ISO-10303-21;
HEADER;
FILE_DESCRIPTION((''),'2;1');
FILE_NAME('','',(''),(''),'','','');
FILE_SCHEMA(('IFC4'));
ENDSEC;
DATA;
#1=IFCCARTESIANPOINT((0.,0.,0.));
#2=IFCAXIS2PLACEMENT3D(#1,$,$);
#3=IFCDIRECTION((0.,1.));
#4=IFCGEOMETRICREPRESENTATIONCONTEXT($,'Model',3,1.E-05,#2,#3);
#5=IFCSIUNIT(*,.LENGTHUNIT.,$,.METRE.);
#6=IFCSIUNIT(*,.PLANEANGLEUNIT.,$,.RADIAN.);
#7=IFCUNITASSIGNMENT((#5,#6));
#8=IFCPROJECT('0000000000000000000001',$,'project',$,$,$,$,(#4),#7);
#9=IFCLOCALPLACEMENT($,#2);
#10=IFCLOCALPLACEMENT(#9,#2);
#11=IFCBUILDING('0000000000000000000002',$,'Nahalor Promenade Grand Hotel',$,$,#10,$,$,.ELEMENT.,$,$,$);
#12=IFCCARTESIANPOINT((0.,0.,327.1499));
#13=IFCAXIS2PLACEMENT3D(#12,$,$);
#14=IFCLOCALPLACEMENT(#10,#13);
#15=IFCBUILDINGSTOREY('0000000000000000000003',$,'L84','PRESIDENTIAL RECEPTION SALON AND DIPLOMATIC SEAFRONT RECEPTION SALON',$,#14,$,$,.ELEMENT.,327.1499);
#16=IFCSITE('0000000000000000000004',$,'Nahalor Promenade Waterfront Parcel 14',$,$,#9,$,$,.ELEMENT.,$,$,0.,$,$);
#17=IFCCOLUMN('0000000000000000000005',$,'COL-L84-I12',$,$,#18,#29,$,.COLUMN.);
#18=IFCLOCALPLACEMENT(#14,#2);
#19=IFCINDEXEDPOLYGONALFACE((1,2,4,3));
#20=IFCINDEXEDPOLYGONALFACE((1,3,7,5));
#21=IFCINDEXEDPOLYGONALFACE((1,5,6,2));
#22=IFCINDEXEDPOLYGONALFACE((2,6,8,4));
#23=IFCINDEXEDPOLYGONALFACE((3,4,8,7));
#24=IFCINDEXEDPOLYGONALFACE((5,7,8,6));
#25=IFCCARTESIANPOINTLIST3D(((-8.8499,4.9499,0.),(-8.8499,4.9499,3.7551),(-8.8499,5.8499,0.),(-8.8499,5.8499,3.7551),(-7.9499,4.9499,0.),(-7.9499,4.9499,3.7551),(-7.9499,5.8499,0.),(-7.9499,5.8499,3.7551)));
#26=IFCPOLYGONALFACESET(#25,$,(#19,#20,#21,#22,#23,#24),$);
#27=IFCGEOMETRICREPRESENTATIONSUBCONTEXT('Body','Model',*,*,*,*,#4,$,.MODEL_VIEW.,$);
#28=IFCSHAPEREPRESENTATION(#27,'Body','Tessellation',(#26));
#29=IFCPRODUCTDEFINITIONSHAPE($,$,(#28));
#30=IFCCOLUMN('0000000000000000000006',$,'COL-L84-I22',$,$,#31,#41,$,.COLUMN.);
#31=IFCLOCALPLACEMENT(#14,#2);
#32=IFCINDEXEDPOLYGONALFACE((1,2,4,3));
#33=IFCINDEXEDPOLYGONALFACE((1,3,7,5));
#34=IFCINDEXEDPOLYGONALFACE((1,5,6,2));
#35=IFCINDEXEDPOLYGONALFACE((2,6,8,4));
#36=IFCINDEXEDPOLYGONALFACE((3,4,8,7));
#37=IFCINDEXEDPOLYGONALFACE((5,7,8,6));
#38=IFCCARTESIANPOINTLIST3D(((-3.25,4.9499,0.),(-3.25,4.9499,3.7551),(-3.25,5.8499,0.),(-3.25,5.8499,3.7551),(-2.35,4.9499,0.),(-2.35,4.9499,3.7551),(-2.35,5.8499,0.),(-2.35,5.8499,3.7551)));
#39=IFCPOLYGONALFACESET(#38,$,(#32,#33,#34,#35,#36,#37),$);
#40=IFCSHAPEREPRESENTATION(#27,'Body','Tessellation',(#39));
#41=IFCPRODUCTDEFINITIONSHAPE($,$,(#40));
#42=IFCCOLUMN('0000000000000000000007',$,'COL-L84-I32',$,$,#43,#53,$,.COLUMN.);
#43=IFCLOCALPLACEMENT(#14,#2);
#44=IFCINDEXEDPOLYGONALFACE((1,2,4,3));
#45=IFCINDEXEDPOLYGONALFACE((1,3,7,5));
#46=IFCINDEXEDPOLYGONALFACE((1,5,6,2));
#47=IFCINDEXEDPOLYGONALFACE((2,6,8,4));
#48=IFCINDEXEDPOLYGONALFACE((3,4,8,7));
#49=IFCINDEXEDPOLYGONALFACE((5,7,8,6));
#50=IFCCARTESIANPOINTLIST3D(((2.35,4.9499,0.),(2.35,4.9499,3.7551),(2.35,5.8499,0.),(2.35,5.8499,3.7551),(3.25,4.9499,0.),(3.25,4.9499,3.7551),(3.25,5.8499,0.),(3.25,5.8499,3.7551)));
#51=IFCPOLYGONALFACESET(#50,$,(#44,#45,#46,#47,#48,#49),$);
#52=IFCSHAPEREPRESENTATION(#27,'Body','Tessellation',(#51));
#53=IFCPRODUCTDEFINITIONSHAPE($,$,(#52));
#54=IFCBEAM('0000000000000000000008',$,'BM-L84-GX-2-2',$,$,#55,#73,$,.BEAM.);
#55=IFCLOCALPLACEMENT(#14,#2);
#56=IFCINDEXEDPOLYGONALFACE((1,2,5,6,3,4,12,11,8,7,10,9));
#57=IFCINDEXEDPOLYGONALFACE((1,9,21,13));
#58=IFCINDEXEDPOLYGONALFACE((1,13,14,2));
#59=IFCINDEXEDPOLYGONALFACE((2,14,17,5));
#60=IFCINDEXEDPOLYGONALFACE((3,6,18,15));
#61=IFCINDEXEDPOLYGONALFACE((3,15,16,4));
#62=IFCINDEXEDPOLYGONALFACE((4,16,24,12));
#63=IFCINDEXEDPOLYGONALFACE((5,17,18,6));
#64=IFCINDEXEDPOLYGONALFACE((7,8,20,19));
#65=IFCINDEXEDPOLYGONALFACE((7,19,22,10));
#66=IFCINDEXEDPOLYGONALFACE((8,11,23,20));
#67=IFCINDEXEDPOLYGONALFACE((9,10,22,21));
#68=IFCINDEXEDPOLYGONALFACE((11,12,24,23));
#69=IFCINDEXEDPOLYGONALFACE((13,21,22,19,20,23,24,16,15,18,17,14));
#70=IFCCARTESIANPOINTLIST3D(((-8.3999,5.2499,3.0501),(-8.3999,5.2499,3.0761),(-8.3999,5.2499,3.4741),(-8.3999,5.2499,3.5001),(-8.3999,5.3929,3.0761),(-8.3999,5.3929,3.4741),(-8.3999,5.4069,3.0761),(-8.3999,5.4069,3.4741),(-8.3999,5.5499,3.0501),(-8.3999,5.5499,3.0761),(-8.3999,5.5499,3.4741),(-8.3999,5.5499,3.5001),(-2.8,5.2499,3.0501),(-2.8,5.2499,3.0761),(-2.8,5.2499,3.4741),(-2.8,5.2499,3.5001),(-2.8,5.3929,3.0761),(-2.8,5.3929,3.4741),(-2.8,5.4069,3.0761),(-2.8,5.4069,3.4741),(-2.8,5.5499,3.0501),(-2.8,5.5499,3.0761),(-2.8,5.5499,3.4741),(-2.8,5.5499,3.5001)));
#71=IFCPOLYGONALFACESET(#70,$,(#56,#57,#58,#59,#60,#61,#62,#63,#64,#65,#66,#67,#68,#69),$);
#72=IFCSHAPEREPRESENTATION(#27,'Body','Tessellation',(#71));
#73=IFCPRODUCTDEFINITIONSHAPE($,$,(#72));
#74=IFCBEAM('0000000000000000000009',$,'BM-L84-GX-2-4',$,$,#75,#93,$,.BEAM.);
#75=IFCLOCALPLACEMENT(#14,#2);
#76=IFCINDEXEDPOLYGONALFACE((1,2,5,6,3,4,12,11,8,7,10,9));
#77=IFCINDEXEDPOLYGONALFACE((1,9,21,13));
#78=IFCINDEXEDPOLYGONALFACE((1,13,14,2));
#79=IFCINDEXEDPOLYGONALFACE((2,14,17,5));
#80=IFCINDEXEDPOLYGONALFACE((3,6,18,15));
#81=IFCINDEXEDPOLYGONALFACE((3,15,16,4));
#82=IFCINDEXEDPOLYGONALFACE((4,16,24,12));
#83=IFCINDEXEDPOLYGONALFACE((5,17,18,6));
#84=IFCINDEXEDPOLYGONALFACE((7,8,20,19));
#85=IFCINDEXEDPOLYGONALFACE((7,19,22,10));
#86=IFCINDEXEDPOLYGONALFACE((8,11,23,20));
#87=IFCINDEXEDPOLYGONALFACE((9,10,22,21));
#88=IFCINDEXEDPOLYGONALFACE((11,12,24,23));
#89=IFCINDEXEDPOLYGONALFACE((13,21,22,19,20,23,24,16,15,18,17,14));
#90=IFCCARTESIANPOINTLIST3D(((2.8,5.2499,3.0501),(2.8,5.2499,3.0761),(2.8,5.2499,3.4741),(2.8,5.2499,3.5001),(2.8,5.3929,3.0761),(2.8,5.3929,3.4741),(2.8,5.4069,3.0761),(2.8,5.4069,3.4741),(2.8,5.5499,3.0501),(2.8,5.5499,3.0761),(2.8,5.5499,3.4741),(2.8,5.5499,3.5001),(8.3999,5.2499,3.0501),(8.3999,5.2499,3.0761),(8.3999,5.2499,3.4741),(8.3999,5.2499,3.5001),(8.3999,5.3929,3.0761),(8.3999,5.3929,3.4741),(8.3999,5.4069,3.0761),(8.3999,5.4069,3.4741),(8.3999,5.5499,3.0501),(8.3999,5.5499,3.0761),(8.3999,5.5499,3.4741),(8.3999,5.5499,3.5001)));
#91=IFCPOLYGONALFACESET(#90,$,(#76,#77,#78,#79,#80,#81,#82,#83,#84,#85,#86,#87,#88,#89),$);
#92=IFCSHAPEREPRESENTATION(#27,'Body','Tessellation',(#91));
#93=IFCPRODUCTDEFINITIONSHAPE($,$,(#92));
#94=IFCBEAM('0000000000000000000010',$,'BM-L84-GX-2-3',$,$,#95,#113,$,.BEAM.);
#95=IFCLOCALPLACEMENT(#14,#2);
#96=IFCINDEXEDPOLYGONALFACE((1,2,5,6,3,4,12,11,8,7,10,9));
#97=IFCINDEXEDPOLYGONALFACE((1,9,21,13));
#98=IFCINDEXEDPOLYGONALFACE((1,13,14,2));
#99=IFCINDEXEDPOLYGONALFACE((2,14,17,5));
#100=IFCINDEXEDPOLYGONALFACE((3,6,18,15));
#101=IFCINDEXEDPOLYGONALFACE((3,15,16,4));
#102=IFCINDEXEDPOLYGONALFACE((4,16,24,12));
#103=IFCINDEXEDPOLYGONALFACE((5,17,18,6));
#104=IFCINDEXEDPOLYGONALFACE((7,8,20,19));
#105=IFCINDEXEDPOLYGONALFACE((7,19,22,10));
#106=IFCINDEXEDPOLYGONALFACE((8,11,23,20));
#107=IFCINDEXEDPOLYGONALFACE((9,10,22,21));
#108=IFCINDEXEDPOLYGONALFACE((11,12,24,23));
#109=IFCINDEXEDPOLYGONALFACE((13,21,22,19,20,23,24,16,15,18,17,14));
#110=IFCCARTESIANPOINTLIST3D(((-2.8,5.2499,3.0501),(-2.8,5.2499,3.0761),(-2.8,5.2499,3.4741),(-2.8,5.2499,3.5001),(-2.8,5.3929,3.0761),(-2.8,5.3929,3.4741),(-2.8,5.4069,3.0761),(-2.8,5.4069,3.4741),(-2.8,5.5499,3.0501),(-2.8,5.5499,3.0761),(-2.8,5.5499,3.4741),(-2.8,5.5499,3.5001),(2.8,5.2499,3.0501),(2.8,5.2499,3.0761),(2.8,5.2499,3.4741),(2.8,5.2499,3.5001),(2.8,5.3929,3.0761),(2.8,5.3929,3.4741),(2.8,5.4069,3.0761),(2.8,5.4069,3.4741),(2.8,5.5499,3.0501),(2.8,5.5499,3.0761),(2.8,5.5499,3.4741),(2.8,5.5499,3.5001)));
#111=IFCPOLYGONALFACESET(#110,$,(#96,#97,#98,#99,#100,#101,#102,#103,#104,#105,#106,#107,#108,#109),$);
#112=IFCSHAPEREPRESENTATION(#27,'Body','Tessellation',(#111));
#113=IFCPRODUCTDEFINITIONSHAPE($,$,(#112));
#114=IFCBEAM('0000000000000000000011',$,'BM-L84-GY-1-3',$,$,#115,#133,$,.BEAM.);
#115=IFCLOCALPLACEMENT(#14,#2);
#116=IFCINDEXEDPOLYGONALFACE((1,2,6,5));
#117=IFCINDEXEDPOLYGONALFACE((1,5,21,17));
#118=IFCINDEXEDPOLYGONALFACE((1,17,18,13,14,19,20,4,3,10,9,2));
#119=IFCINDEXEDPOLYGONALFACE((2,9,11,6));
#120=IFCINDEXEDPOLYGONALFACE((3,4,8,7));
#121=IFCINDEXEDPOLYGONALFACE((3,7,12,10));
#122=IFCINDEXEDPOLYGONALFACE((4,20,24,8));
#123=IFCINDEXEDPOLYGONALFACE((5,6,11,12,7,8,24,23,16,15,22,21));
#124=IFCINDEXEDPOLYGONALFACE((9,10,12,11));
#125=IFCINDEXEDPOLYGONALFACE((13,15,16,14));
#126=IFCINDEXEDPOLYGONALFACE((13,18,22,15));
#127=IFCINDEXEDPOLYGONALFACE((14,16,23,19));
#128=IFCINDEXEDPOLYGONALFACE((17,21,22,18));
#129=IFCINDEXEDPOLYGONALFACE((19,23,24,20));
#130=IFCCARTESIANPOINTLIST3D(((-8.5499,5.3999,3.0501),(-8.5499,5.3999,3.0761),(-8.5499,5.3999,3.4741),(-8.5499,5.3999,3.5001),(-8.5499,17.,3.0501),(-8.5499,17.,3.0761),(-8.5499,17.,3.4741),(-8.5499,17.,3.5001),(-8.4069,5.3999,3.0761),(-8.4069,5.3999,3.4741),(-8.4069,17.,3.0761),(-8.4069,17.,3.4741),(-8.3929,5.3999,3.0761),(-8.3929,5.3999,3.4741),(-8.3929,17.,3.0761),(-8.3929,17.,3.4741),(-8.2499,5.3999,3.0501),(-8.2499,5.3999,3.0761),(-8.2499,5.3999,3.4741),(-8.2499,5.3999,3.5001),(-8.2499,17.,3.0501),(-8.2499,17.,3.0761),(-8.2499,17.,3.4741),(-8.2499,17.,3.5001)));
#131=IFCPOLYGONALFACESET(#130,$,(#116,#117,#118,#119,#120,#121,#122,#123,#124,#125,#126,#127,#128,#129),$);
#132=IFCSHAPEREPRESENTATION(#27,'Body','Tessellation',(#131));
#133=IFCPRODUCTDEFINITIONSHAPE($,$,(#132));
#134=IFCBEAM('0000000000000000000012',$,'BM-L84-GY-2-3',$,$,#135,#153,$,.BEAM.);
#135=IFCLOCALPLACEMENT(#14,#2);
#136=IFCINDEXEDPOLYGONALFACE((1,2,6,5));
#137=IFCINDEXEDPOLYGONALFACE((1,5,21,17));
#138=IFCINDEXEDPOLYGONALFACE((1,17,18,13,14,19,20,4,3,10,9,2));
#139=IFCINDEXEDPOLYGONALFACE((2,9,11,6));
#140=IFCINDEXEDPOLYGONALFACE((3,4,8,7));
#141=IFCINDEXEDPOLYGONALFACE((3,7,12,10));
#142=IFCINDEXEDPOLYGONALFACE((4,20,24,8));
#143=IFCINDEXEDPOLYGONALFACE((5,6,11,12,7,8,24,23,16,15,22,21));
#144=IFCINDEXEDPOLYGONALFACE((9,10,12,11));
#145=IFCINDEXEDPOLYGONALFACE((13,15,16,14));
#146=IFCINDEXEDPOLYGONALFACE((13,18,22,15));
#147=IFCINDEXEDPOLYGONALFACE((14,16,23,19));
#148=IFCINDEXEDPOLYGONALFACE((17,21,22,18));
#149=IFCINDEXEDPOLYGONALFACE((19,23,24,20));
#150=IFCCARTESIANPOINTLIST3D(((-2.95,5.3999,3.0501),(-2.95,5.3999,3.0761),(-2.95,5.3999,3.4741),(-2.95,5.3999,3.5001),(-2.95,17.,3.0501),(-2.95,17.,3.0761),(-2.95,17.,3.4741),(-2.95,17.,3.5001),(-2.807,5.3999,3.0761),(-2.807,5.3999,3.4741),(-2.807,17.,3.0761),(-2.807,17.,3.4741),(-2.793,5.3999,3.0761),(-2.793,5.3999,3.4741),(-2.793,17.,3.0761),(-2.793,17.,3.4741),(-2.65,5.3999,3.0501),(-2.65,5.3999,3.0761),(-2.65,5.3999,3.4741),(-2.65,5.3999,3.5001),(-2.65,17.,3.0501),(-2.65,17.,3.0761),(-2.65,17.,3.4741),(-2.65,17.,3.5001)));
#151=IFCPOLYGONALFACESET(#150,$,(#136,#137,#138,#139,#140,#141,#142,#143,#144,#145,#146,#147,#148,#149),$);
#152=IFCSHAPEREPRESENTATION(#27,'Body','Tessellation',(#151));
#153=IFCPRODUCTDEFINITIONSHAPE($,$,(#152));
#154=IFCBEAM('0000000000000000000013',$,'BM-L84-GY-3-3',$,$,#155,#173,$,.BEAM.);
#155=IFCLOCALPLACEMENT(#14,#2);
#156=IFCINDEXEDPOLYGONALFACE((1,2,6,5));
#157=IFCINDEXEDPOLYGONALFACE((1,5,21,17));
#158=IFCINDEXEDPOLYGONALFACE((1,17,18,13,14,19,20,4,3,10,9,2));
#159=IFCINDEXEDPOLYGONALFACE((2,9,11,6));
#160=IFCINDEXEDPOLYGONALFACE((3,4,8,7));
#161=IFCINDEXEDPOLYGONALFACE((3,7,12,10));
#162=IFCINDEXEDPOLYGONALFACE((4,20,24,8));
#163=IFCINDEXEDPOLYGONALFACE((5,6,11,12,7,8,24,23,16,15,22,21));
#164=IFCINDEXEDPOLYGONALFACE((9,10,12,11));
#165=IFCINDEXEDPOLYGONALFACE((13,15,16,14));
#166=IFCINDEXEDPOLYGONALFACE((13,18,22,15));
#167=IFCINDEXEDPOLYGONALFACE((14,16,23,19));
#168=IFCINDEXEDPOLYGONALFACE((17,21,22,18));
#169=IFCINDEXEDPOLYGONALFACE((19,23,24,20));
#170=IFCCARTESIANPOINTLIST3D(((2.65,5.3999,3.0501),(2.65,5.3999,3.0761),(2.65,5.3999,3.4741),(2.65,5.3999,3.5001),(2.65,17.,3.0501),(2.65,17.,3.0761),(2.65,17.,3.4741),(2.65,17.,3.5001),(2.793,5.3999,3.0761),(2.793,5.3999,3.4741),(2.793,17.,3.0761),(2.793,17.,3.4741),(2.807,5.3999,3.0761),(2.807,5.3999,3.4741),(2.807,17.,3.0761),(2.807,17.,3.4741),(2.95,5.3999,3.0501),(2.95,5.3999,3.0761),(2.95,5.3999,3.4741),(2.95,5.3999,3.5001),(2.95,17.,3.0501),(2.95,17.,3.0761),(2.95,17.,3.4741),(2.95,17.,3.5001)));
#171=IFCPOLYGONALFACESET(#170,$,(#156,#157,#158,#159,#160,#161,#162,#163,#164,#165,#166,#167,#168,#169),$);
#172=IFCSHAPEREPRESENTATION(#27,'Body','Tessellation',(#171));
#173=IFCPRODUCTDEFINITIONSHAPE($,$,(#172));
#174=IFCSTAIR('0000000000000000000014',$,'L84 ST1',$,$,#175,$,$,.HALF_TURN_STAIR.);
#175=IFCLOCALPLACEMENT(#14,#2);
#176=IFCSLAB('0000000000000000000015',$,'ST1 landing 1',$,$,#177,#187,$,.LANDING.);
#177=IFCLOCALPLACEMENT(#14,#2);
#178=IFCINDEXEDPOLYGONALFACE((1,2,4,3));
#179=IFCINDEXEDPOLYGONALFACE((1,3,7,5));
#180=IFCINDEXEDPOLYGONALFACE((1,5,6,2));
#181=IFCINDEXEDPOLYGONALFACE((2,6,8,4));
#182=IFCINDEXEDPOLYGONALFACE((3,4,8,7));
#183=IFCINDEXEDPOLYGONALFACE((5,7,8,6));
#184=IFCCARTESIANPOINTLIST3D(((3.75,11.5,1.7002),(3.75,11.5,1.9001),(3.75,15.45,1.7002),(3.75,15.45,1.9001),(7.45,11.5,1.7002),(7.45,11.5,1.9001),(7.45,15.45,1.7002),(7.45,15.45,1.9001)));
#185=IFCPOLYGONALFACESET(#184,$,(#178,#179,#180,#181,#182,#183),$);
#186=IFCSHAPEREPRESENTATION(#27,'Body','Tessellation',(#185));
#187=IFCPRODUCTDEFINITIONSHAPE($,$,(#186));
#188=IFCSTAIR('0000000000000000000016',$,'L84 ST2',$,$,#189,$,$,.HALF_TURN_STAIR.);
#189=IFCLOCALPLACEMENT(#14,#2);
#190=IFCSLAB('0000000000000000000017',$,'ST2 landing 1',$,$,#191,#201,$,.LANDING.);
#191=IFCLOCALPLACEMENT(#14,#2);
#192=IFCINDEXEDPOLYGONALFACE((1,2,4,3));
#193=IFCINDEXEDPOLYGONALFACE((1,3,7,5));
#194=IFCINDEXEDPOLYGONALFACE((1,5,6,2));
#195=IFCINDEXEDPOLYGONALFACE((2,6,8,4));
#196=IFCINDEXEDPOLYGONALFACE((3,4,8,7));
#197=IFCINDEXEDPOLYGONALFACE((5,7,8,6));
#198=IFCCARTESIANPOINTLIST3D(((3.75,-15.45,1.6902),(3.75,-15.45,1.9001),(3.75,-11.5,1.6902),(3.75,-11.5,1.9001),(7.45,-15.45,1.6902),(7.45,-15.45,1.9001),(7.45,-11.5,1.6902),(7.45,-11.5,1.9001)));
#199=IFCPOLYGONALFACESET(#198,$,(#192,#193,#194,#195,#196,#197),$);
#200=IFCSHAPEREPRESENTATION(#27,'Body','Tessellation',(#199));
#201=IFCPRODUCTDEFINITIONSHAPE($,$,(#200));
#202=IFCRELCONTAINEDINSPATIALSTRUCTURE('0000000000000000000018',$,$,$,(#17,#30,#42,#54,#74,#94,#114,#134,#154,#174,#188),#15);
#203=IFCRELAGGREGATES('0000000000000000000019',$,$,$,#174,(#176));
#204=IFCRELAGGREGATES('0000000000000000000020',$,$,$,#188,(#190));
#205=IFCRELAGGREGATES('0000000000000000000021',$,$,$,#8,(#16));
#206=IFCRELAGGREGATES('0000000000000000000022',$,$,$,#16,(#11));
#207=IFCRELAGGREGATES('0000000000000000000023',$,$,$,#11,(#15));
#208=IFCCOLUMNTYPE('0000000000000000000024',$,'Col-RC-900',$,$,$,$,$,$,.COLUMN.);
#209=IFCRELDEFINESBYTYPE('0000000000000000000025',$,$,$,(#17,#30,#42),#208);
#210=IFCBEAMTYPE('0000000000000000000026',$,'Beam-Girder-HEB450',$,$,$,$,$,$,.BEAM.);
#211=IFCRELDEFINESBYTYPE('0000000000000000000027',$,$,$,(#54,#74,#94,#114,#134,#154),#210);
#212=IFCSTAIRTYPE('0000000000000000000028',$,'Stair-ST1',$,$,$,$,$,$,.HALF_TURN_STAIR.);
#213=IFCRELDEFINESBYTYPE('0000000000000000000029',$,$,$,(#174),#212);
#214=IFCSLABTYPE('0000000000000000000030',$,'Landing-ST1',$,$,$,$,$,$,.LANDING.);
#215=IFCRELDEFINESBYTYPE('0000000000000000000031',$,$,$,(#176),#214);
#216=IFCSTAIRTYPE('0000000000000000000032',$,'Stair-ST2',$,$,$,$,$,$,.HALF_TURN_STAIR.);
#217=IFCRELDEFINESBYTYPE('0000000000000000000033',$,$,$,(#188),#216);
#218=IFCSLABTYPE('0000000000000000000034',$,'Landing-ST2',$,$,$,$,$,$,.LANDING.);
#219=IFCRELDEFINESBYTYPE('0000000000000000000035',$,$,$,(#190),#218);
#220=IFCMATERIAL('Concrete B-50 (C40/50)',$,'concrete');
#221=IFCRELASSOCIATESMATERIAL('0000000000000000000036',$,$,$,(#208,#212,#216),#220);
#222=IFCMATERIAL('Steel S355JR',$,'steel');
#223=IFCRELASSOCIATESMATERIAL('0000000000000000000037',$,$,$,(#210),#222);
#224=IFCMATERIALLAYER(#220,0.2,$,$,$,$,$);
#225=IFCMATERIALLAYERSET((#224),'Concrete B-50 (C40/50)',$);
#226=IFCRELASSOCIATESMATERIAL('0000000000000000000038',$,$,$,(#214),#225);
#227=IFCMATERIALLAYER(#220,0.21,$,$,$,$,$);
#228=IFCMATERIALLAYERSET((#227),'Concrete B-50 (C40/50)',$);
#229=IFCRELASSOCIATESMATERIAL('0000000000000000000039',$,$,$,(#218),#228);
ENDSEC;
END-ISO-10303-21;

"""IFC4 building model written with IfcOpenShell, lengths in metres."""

from ifc_helpers import new_model, si_unit, direction, frame, origin, origin_2d, place, context, subcontext, project, spatial, polyline, rectangle, i_section, outline, extrude, source, transform, mapped, material, layer, layer_set, material_profile, profile_set, type_object, element, aggregate, save


model = new_model("IFC4")

# Units and contexts
model_context = context("Model", 3, precision=1e-05, world=origin(), true_north=direction((0.0, 1.0)))
body_context = subcontext(model_context, "Body", "Model", "MODEL_VIEW")
ifc_project = project(units=[si_unit("LENGTHUNIT", "METRE"), si_unit("PLANEANGLEUNIT", "RADIAN")], contexts=[model_context])

# Site, building, storey
site_placement = place(None, origin())
site = spatial("IfcSite", under=ifc_project, at=site_placement, Name="Nahalor Promenade Waterfront Parcel 14", CompositionType="ELEMENT", RefElevation=0.0)
building_placement = place(site_placement, origin())
building = spatial("IfcBuilding", under=site, at=building_placement, Name="Nahalor Promenade Grand Hotel", CompositionType="ELEMENT")
storey_placement = place(building_placement, frame((0.0, 0.0, 327.1499)))
storey = spatial("IfcBuildingStorey", under=building, at=storey_placement, Name="L84", Description="PRESIDENTIAL RECEPTION SALON AND DIPLOMATIC SEAFRONT RECEPTION SALON", CompositionType="ELEMENT", Elevation=327.1499)

# Columns
ifc_material_1 = material(Name="Concrete B-50 (C40/50)", Category="concrete")
ifc_material_profile_1 = material_profile(ifc_material_1, rectangle(XDim=0.9, YDim=0.9, at=origin_2d()), Name="RC 900x900")
ifc_profile_set_1 = profile_set([ifc_material_profile_1], Name="Concrete B-50 (C40/50)")
column_type = type_object("IfcColumnType", Name="Col-RC-900", PredefinedType="COLUMN", material=ifc_profile_set_1)
shared_shape_1 = source(origin(), body_context, "Body", "SweptSolid", [
    extrude(rectangle(XDim=0.9, YDim=0.9, at=origin_2d()), origin(), (0.0, 0.0, 1.0), 3.7551),
])
for number, where, z_axis, x_axis, name in (
    (1, (-8.3999, 5.3999, 0.0), (0.0, 0.0, 1.0), (1.0, 0.0, 0.0), "COL-L84-I12"),
    (2, (-2.8, 5.3999, 0.0), (0.0, 0.0, 1.0), (1.0, 0.0, 0.0), "COL-L84-I22"),
    (3, (2.8, 5.3999, 0.0), (0.0, 0.0, 1.0), (1.0, 0.0, 0.0), "COL-L84-I32"),
):
    element("IfcColumn", number, at=place(storey_placement, frame(where, z_axis=z_axis, x_axis=x_axis)), inside=storey, type_object=column_type, Name=name, PredefinedType="COLUMN", context=body_context, shape_type="MappedRepresentation", body=[
        mapped(shared_shape_1, transform((0.0, 0.0, 0.0), scale=1.0)),
    ])

# Beams
ifc_material_2 = material(Name="Steel S355JR", Category="steel")
ifc_material_profile_2 = material_profile(ifc_material_2, i_section(OverallWidth=0.3, OverallDepth=0.45, WebThickness=0.014, FlangeThickness=0.026, at=origin_2d()), Name="HEB 450")
ifc_profile_set_2 = profile_set([ifc_material_profile_2], Name="Steel S355JR")
beam_type = type_object("IfcBeamType", Name="Beam-Girder-HEB450", PredefinedType="BEAM", material=ifc_profile_set_2)
shared_shape_2 = source(origin(), body_context, "Body", "SweptSolid", [
    extrude(i_section(OverallWidth=0.3, OverallDepth=0.45, WebThickness=0.014, FlangeThickness=0.026, at=origin_2d()), origin(), (0.0, 0.0, 1.0), 5.5999),
])
for number, where, z_axis, x_axis, name in (
    (4, (-8.3999, 5.3999, 3.2751), (1.0, 0.0, 0.0), (0.0, 1.0, 0.0), "BM-L84-GX-2-2"),
    (5, (2.8, 5.3999, 3.2751), (1.0, 0.0, 0.0), (0.0, 1.0, 0.0), "BM-L84-GX-2-4"),
):
    element("IfcBeam", number, at=place(storey_placement, frame(where, z_axis=z_axis, x_axis=x_axis)), inside=storey, type_object=beam_type, Name=name, PredefinedType="BEAM", context=body_context, shape_type="MappedRepresentation", body=[
        mapped(shared_shape_2, transform((0.0, 0.0, 0.0), scale=1.0)),
    ])
shared_shape_3 = source(origin(), body_context, "Body", "SweptSolid", [
    extrude(i_section(OverallWidth=0.3, OverallDepth=0.45, WebThickness=0.014, FlangeThickness=0.026, at=origin_2d()), origin(), (0.0, 0.0, 1.0), 5.6001),
])
beam_placement = place(storey_placement, frame((-2.8, 5.3999, 3.2751), z_axis=(1.0, 0.0, 0.0), x_axis=(0.0, 1.0, 0.0)))
element("IfcBeam", 6, at=beam_placement, inside=storey, type_object=beam_type, Name="BM-L84-GX-2-3", PredefinedType="BEAM", context=body_context, shape_type="MappedRepresentation", body=[
    mapped(shared_shape_3, transform((0.0, 0.0, 0.0), scale=1.0)),
])
shared_shape_4 = source(origin(), body_context, "Body", "SweptSolid", [
    extrude(i_section(OverallWidth=0.3, OverallDepth=0.45, WebThickness=0.014, FlangeThickness=0.026, at=origin_2d()), origin(), (0.0, 0.0, 1.0), 11.6001),
])
for number, where, z_axis, x_axis, name in (
    (7, (-8.3999, 5.3999, 3.2751), (0.0, 1.0, 0.0), (-1.0, 0.0, 0.0), "BM-L84-GY-1-3"),
    (8, (-2.8, 5.3999, 3.2751), (0.0, 1.0, 0.0), (-1.0, 0.0, 0.0), "BM-L84-GY-2-3"),
    (9, (2.8, 5.3999, 3.2751), (0.0, 1.0, 0.0), (-1.0, 0.0, 0.0), "BM-L84-GY-3-3"),
):
    element("IfcBeam", number, at=place(storey_placement, frame(where, z_axis=z_axis, x_axis=x_axis)), inside=storey, type_object=beam_type, Name=name, PredefinedType="BEAM", context=body_context, shape_type="MappedRepresentation", body=[
        mapped(shared_shape_4, transform((0.0, 0.0, 0.0), scale=1.0)),
    ])

# Stairs, slabs
stair_type_1 = type_object("IfcStairType", Name="Stair-ST1", PredefinedType="HALF_TURN_STAIR", material=ifc_material_1)
stair_1_placement = place(storey_placement, origin())
stair_1 = element("IfcStair", 10, at=stair_1_placement, inside=storey, type_object=stair_type_1, Name="L84 ST1", PredefinedType="HALF_TURN_STAIR")
ifc_layer_1 = layer(ifc_material_1, 0.2)
ifc_layer_set_1 = layer_set([ifc_layer_1], Name="Concrete B-50 (C40/50)")
slab_type_1 = type_object("IfcSlabType", Name="Landing-ST1", PredefinedType="LANDING", material=ifc_layer_set_1)
slab_1_placement = place(storey_placement, frame((0.0, 0.0, 1.7002)))
slab_1 = element("IfcSlab", 11, at=slab_1_placement, type_object=slab_type_1, Name="ST1 landing 1", PredefinedType="LANDING", context=body_context, shape_type="SweptSolid", body=[
    extrude(outline(polyline([(7.45, 11.5), (7.45, 15.45), (3.75, 15.45), (3.75, 11.5), (7.45, 11.5)])), origin(), (0.0, 0.0, 1.0), 0.2),
])
aggregate(stair_1, [slab_1])
stair_type_2 = type_object("IfcStairType", Name="Stair-ST2", PredefinedType="HALF_TURN_STAIR", material=ifc_material_1)
stair_2_placement = place(storey_placement, origin())
stair_2 = element("IfcStair", 12, at=stair_2_placement, inside=storey, type_object=stair_type_2, Name="L84 ST2", PredefinedType="HALF_TURN_STAIR")
ifc_layer_2 = layer(ifc_material_1, 0.21)
ifc_layer_set_2 = layer_set([ifc_layer_2], Name="Concrete B-50 (C40/50)")
slab_type_2 = type_object("IfcSlabType", Name="Landing-ST2", PredefinedType="LANDING", material=ifc_layer_set_2)
slab_2_placement = place(storey_placement, frame((0.0, 0.0, 1.6902)))
slab_2 = element("IfcSlab", 13, at=slab_2_placement, type_object=slab_type_2, Name="ST2 landing 1", PredefinedType="LANDING", context=body_context, shape_type="SweptSolid", body=[
    extrude(outline(polyline([(3.75, -11.5), (3.75, -15.45), (7.45, -15.45), (7.45, -11.5), (3.75, -11.5)])), origin(), (0.0, 0.0, 1.0), 0.21),
])
aggregate(stair_2, [slab_2])

save(model, "model.ifc")
